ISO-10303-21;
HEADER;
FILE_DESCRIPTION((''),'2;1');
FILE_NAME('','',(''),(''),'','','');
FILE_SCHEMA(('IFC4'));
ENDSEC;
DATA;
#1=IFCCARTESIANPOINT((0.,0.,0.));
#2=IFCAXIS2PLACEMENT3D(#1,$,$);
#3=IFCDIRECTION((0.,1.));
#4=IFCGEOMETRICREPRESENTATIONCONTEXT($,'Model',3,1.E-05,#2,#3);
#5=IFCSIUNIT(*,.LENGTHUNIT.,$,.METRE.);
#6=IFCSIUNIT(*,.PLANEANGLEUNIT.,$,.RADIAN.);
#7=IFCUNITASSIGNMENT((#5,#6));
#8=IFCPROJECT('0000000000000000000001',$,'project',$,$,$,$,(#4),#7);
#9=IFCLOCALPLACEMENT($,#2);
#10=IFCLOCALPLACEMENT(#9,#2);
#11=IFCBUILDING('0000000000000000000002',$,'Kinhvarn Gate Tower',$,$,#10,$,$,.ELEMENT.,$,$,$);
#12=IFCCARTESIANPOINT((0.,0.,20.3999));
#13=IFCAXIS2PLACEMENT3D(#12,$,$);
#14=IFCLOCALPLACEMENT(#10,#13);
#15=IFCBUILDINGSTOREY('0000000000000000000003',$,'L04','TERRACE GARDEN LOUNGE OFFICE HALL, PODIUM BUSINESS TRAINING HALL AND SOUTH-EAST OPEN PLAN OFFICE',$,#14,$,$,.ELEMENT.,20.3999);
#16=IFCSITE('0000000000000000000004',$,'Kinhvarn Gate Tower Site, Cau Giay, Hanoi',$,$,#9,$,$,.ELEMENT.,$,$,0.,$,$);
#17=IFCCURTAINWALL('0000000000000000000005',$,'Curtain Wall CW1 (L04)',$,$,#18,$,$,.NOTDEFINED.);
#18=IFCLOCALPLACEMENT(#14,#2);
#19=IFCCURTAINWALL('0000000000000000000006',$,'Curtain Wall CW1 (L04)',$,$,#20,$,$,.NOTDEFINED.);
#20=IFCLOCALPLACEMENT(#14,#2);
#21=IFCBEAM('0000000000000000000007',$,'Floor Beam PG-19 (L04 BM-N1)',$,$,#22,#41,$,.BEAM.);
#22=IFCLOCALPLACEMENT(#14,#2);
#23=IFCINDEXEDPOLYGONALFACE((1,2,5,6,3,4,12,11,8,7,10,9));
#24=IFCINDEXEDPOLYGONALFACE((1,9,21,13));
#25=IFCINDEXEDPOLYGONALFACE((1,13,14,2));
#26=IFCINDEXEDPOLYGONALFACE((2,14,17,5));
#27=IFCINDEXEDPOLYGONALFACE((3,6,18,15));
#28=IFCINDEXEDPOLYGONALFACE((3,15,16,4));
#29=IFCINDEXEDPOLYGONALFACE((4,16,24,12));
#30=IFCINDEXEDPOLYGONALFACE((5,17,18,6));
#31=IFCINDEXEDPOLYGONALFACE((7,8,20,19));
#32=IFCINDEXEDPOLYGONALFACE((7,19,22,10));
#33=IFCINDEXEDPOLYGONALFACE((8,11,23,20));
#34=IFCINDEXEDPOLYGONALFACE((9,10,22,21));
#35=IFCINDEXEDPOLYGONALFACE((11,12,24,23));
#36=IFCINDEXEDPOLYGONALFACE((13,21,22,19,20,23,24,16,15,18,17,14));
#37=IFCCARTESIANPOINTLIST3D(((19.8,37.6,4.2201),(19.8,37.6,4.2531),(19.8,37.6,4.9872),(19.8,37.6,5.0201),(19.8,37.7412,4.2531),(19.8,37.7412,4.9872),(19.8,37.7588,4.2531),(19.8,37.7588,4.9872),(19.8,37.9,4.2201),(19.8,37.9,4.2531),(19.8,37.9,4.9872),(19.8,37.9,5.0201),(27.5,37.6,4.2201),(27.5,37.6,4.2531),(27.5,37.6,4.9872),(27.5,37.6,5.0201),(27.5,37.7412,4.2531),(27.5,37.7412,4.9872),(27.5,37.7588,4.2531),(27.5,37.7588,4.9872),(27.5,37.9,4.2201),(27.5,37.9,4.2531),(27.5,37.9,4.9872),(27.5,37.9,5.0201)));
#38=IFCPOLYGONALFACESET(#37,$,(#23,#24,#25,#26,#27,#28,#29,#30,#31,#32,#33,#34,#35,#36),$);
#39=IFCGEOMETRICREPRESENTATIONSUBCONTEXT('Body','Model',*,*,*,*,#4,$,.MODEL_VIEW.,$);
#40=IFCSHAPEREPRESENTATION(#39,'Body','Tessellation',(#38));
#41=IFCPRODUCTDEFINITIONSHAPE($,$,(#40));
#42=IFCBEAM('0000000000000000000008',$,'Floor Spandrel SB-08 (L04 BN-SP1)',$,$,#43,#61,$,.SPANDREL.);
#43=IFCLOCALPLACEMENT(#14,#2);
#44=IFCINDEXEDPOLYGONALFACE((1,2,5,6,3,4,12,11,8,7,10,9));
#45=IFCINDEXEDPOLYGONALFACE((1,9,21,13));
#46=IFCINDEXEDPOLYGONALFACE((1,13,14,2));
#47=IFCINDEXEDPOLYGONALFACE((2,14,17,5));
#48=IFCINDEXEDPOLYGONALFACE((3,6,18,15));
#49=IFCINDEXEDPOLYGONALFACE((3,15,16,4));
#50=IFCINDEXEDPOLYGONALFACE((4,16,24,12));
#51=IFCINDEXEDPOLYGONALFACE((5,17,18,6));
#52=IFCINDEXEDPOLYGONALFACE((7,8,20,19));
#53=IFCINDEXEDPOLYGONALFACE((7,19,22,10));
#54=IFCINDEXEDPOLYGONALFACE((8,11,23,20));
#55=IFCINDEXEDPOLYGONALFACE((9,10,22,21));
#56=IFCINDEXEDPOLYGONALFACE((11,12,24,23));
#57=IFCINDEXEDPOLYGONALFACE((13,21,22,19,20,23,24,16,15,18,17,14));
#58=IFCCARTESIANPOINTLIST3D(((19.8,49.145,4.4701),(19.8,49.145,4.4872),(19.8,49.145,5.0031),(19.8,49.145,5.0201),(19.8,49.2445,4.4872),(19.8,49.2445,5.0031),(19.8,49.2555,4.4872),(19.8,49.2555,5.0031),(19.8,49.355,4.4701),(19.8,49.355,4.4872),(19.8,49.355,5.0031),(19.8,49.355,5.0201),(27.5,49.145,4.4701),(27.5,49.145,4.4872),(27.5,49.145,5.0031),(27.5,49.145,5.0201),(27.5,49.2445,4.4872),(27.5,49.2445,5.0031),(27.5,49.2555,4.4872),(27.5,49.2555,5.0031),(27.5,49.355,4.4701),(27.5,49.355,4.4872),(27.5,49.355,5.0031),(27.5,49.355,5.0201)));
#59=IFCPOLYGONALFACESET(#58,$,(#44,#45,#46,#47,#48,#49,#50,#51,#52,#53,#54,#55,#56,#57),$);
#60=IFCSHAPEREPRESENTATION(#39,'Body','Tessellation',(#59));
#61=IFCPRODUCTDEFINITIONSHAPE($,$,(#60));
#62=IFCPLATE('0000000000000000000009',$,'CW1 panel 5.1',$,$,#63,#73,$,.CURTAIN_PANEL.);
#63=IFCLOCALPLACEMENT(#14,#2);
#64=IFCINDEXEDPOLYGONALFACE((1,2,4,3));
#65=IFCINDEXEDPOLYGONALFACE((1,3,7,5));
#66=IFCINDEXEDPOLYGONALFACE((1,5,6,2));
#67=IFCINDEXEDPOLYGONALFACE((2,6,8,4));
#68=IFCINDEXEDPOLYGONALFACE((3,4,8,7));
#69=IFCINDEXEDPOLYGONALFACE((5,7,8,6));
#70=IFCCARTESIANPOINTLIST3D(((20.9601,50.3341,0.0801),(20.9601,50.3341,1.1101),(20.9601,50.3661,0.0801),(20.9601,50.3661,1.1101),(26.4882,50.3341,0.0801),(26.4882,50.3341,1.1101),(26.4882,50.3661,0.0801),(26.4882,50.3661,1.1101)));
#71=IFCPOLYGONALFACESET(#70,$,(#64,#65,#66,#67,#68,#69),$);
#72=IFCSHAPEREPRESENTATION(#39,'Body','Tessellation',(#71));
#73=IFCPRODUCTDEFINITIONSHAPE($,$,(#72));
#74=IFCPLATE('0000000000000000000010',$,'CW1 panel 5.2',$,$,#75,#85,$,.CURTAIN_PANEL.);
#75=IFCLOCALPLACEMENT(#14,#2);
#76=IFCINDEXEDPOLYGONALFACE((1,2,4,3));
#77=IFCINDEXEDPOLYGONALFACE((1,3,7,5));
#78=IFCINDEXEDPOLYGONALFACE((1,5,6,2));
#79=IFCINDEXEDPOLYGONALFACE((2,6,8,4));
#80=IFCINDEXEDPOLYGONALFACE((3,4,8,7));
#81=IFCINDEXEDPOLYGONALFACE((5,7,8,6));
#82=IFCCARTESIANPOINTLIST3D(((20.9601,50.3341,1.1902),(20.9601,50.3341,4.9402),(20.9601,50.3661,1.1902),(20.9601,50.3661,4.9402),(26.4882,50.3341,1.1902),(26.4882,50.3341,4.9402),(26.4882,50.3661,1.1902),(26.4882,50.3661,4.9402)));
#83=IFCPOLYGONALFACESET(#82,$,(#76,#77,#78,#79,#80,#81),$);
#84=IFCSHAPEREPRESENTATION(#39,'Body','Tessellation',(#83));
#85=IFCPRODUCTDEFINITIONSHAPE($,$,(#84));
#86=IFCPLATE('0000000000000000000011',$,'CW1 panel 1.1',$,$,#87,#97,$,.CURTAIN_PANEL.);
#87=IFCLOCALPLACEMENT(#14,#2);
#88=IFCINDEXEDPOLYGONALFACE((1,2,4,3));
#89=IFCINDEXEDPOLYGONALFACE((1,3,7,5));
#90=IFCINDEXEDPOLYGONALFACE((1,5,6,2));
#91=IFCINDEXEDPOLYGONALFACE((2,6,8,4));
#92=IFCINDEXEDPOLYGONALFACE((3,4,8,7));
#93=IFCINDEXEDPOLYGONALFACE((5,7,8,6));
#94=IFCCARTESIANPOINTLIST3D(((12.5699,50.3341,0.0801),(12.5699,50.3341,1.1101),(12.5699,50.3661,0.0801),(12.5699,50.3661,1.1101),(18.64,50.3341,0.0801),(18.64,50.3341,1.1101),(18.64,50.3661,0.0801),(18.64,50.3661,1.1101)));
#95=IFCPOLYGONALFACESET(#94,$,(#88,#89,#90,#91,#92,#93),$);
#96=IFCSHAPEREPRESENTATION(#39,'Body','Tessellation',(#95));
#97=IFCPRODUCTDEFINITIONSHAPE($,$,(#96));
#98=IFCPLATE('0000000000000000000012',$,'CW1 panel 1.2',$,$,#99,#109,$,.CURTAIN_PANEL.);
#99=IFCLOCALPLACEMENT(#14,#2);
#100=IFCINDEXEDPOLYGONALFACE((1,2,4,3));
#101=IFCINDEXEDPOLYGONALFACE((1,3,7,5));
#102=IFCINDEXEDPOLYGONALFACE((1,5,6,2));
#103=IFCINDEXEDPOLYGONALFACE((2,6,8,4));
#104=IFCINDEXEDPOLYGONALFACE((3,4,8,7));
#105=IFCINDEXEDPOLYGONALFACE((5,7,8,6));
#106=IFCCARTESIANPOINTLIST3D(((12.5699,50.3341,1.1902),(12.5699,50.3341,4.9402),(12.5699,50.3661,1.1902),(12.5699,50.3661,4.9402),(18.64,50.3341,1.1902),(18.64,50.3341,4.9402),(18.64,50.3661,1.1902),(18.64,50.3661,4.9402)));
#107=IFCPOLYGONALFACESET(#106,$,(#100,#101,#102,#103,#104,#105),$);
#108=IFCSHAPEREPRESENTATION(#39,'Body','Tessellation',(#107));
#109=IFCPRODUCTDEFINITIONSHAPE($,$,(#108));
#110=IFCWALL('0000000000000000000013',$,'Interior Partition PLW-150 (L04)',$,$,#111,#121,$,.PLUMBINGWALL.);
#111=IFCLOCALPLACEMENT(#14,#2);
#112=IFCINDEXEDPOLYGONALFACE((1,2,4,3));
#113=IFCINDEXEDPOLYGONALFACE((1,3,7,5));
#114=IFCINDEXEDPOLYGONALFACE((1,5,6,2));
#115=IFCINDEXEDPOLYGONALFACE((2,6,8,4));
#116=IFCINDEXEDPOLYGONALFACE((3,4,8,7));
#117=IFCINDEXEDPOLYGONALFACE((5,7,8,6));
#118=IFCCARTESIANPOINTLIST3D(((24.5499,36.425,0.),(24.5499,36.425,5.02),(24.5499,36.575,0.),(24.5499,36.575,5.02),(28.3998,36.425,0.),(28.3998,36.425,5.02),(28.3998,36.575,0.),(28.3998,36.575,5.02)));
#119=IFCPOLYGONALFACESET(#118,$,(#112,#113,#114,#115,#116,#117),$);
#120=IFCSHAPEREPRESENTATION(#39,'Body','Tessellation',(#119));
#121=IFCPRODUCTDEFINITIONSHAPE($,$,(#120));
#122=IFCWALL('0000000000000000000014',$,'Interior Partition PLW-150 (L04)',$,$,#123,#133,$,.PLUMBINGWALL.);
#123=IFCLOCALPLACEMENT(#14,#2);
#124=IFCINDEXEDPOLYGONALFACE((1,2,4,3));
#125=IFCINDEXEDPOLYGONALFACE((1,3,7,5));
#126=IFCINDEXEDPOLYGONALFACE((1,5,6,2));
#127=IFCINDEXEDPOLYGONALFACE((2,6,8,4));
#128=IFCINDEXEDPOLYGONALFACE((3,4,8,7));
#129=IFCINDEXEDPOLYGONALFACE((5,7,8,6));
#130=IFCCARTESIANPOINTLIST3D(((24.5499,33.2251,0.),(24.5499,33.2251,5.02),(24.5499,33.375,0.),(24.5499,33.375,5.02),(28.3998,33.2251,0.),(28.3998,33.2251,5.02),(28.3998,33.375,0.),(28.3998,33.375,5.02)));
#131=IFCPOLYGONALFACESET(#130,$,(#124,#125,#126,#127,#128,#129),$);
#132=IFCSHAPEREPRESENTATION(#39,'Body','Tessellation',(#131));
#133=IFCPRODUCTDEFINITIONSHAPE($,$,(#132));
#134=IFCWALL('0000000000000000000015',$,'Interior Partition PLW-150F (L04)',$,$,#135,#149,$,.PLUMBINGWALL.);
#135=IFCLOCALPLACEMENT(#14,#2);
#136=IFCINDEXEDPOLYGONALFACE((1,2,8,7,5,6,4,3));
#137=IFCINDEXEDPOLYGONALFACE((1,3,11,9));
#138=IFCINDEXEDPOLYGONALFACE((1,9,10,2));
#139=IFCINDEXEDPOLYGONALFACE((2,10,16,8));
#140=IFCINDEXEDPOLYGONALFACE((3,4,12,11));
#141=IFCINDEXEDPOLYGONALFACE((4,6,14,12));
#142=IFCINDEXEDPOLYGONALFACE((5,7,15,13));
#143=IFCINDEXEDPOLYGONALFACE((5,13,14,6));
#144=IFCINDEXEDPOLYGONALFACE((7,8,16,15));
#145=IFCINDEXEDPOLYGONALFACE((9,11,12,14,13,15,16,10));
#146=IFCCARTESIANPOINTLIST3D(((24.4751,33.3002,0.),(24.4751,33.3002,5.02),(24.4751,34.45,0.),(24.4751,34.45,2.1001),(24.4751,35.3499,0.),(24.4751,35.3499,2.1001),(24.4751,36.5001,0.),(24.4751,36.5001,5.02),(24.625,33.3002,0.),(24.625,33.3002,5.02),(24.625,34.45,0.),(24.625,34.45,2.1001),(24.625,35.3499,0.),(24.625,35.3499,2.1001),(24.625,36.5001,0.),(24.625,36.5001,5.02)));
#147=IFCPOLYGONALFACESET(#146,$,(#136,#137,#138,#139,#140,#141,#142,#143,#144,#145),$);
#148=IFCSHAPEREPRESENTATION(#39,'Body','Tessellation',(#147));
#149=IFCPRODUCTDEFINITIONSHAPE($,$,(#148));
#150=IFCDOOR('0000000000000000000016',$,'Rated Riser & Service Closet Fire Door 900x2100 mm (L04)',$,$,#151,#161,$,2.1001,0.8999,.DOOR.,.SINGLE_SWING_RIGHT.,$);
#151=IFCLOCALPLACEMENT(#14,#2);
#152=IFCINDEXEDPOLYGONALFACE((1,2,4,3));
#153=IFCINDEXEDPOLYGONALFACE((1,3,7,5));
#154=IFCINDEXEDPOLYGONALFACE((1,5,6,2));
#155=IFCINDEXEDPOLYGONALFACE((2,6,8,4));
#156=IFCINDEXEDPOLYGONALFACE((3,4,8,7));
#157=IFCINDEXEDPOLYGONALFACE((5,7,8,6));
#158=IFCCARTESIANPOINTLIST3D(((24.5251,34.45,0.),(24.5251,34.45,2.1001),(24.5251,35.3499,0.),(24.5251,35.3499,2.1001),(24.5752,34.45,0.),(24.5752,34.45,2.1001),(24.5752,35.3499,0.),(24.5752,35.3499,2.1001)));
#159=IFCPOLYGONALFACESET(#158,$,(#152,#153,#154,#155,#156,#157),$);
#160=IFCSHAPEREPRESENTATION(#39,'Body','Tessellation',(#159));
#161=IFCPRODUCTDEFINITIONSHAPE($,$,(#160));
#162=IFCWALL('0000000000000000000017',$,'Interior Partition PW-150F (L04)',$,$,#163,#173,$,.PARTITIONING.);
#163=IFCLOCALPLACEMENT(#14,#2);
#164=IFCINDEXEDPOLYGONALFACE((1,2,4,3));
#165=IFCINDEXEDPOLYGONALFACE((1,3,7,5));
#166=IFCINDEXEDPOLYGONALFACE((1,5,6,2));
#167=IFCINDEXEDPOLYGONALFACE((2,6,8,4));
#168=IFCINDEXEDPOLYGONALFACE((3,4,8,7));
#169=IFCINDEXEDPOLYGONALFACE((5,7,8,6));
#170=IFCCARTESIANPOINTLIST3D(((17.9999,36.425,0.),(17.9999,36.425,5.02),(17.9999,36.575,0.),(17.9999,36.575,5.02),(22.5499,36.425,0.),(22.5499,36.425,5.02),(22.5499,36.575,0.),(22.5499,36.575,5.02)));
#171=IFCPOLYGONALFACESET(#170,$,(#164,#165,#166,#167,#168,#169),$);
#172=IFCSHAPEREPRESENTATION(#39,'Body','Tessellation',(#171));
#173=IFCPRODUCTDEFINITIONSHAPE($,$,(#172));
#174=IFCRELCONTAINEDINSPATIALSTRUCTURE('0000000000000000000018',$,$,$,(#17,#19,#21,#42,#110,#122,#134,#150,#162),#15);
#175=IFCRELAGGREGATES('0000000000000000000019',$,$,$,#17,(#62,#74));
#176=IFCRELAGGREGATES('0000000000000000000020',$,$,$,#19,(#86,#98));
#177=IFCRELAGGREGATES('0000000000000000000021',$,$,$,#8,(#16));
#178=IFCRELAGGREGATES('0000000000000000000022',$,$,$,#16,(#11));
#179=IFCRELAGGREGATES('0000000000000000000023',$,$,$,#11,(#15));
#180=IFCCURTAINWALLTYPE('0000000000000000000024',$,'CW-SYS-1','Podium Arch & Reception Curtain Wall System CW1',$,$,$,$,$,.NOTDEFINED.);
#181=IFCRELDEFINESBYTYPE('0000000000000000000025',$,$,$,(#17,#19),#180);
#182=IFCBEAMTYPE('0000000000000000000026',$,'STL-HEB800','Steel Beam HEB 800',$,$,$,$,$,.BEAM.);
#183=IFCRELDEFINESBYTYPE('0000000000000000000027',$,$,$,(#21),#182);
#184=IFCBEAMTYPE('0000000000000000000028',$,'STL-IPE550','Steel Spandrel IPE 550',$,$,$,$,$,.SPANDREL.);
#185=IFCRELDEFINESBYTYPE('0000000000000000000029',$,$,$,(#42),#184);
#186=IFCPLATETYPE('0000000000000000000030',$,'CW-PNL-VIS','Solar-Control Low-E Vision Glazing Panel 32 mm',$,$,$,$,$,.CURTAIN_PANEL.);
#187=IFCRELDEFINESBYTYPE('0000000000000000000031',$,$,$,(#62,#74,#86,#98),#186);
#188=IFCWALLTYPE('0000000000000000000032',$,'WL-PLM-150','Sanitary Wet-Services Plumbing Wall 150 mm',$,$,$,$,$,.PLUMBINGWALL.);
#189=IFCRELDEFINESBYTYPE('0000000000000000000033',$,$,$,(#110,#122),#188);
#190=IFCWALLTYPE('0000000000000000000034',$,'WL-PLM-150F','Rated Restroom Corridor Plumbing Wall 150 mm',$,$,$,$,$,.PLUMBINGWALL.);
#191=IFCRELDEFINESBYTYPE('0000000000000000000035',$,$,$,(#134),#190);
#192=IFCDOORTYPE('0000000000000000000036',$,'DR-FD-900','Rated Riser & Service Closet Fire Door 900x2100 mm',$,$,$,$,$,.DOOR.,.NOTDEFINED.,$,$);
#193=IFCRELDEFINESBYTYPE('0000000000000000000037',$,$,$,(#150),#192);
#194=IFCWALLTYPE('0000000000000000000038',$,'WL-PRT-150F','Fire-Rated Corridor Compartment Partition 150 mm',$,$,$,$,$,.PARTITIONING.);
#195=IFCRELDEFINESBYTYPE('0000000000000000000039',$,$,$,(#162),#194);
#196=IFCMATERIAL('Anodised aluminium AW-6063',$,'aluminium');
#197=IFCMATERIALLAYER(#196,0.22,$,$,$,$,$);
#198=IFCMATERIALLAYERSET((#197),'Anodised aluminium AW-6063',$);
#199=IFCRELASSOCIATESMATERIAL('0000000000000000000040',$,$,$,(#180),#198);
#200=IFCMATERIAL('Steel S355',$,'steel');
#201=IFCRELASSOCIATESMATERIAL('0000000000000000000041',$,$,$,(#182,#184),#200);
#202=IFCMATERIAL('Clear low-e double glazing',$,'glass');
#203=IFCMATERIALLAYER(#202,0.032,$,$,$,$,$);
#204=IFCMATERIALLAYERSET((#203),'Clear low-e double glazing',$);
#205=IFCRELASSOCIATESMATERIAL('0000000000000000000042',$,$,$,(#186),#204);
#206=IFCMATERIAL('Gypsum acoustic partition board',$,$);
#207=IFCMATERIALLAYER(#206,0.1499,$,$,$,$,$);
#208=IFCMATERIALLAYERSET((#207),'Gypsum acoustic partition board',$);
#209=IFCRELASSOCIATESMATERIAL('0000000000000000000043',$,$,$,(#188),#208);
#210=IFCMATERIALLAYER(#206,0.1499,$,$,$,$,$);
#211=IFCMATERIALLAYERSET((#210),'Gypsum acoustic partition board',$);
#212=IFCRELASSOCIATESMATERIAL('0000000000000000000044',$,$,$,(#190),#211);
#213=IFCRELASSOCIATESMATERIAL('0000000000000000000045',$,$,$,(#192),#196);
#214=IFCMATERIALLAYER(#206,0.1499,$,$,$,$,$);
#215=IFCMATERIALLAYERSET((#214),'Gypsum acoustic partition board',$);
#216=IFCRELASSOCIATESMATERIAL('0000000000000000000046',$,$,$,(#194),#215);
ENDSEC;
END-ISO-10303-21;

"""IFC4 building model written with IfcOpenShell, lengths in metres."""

from ifc_helpers import new_model, si_unit, direction, frame, frame_2d, origin, origin_2d, place, context, subcontext, project, spatial, rectangle, i_section, extrude, material, layer, layer_set, material_profile, profile_set, type_object, element, fill, aggregate, save


model = new_model("IFC4")

# Units and contexts
model_context = context("Model", 3, precision=1e-05, world=origin(), true_north=direction((0.0, 1.0)))
body_context = subcontext(model_context, "Body", "Model", "MODEL_VIEW")
ifc_project = project(units=[si_unit("LENGTHUNIT", "METRE"), si_unit("PLANEANGLEUNIT", "RADIAN")], contexts=[model_context])

# Site, building, storey
site_placement = place(None, origin())
site = spatial("IfcSite", under=ifc_project, at=site_placement, Name="Kinhvarn Gate Tower Site, Cau Giay, Hanoi", CompositionType="ELEMENT", RefElevation=0.0)
building_placement = place(site_placement, origin())
building = spatial("IfcBuilding", under=site, at=building_placement, Name="Kinhvarn Gate Tower", CompositionType="ELEMENT")
storey_placement = place(building_placement, frame((0.0, 0.0, 20.3999)))
storey = spatial("IfcBuildingStorey", under=building, at=storey_placement, Name="L04", Description="TERRACE GARDEN LOUNGE OFFICE HALL, PODIUM BUSINESS TRAINING HALL AND SOUTH-EAST OPEN PLAN OFFICE", CompositionType="ELEMENT", Elevation=20.3999)

# Curtain wall
ifc_material_1 = material(Name="Anodised aluminium AW-6063", Category="aluminium")
ifc_layer_1 = layer(ifc_material_1, 0.22)
ifc_layer_set_1 = layer_set([ifc_layer_1], Name="Anodised aluminium AW-6063")
curtain_wall_type = type_object("IfcCurtainWallType", Name="CW-SYS-1", Description="Podium Arch & Reception Curtain Wall System CW1", PredefinedType="NOTDEFINED", material=ifc_layer_set_1)
curtain_wall_1_placement = place(storey_placement, origin())
curtain_wall_1 = element("IfcCurtainWall", 1, at=curtain_wall_1_placement, inside=storey, type_object=curtain_wall_type, Name="Curtain Wall CW1 (L04)", PredefinedType="NOTDEFINED")

# Curtain wall
curtain_wall_2_placement = place(storey_placement, origin())
curtain_wall_2 = element("IfcCurtainWall", 2, at=curtain_wall_2_placement, inside=storey, type_object=curtain_wall_type, Name="Curtain Wall CW1 (L04)", PredefinedType="NOTDEFINED")

# Beams
ifc_material_2 = material(Name="Steel S355", Category="steel")
ifc_material_profile_1 = material_profile(ifc_material_2, i_section(OverallWidth=0.3, OverallDepth=0.8, WebThickness=0.0176, FlangeThickness=0.033, at=origin_2d()), Name="HEB 800")
ifc_profile_set_1 = profile_set([ifc_material_profile_1], Name="Steel S355")
beam_type_1 = type_object("IfcBeamType", Name="STL-HEB800", Description="Steel Beam HEB 800", PredefinedType="BEAM", material=ifc_profile_set_1)
beam_1_placement = place(storey_placement, frame((19.8, 37.75, 4.6201), z_axis=(1.0, 0.0, 0.0), x_axis=(0.0, 1.0, 0.0)))
element("IfcBeam", 3, at=beam_1_placement, inside=storey, type_object=beam_type_1, Name="Floor Beam PG-19 (L04 BM-N1)", PredefinedType="BEAM", context=body_context, shape_type="SweptSolid", body=[
    extrude(i_section(OverallWidth=0.3, OverallDepth=0.8, WebThickness=0.0176, FlangeThickness=0.033, at=origin_2d()), origin(), (0.0, 0.0, 1.0), 7.7),
])
ifc_material_profile_2 = material_profile(ifc_material_2, i_section(OverallWidth=0.21, OverallDepth=0.55, WebThickness=0.011, FlangeThickness=0.0171, at=origin_2d()), Name="IPE 550")
ifc_profile_set_2 = profile_set([ifc_material_profile_2], Name="Steel S355")
beam_type_2 = type_object("IfcBeamType", Name="STL-IPE550", Description="Steel Spandrel IPE 550", PredefinedType="SPANDREL", material=ifc_profile_set_2)
beam_2_placement = place(storey_placement, frame((19.8, 49.25, 4.7451), z_axis=(1.0, 0.0, 0.0), x_axis=(0.0, 1.0, 0.0)))
element("IfcBeam", 4, at=beam_2_placement, inside=storey, type_object=beam_type_2, Name="Floor Spandrel SB-08 (L04 BN-SP1)", PredefinedType="SPANDREL", context=body_context, shape_type="SweptSolid", body=[
    extrude(i_section(OverallWidth=0.21, OverallDepth=0.55, WebThickness=0.011, FlangeThickness=0.0171, at=origin_2d()), origin(), (0.0, 0.0, 1.0), 7.7),
])

# Plates
ifc_material_3 = material(Name="Clear low-e double glazing", Category="glass")
ifc_layer_2 = layer(ifc_material_3, 0.032)
ifc_layer_set_2 = layer_set([ifc_layer_2], Name="Clear low-e double glazing")
plate_type = type_object("IfcPlateType", Name="CW-PNL-VIS", Description="Solar-Control Low-E Vision Glazing Panel 32 mm", PredefinedType="CURTAIN_PANEL", material=ifc_layer_set_2)
plate_1_placement = place(storey_placement, frame((23.7241, 50.3501, 0.0801), z_axis=(0.0, 0.0, 1.0), x_axis=(-1.0, 0.0, 0.0)))
plate_1 = element("IfcPlate", 5, at=plate_1_placement, type_object=plate_type, Name="CW1 panel 5.1", PredefinedType="CURTAIN_PANEL", context=body_context, shape_type="SweptSolid", body=[
    extrude(rectangle(XDim=5.5281, YDim=0.032, at=origin_2d()), origin(), (0.0, 0.0, 1.0), 1.03),
])
plate_2_placement = place(storey_placement, frame((23.7241, 50.3501, 1.1902), z_axis=(0.0, 0.0, 1.0), x_axis=(-1.0, 0.0, 0.0)))
plate_2 = element("IfcPlate", 6, at=plate_2_placement, type_object=plate_type, Name="CW1 panel 5.2", PredefinedType="CURTAIN_PANEL", context=body_context, shape_type="SweptSolid", body=[
    extrude(rectangle(XDim=5.5281, YDim=0.032, at=origin_2d()), origin(), (0.0, 0.0, 1.0), 3.75),
])
aggregate(curtain_wall_1, [plate_1, plate_2])
plate_3_placement = place(storey_placement, frame((15.605, 50.3501, 0.0801), z_axis=(0.0, 0.0, 1.0), x_axis=(-1.0, 0.0, 0.0)))
plate_3 = element("IfcPlate", 7, at=plate_3_placement, type_object=plate_type, Name="CW1 panel 1.1", PredefinedType="CURTAIN_PANEL", context=body_context, shape_type="SweptSolid", body=[
    extrude(rectangle(XDim=6.0701, YDim=0.032, at=origin_2d()), origin(), (0.0, 0.0, 1.0), 1.03),
])
plate_4_placement = place(storey_placement, frame((15.605, 50.3501, 1.1902), z_axis=(0.0, 0.0, 1.0), x_axis=(-1.0, 0.0, 0.0)))
plate_4 = element("IfcPlate", 8, at=plate_4_placement, type_object=plate_type, Name="CW1 panel 1.2", PredefinedType="CURTAIN_PANEL", context=body_context, shape_type="SweptSolid", body=[
    extrude(rectangle(XDim=6.0701, YDim=0.032, at=origin_2d()), origin(), (0.0, 0.0, 1.0), 3.75),
])
aggregate(curtain_wall_2, [plate_3, plate_4])

# Walls
ifc_material_4 = material(Name="Gypsum acoustic partition board")
ifc_layer_3 = layer(ifc_material_4, 0.1499)
ifc_layer_set_3 = layer_set([ifc_layer_3], Name="Gypsum acoustic partition board")
wall_type_1 = type_object("IfcWallType", Name="WL-PLM-150", Description="Sanitary Wet-Services Plumbing Wall 150 mm", PredefinedType="PLUMBINGWALL", material=ifc_layer_set_3)
for number, where, z_axis, x_axis, name in (
    (9, (24.55, 36.5, 0.0), (0.0, 0.0, 1.0), (1.0, 0.0, 0.0), "Interior Partition PLW-150 (L04)"),
    (10, (24.55, 33.3, 0.0), (0.0, 0.0, 1.0), (1.0, 0.0, 0.0), "Interior Partition PLW-150 (L04)"),
):
    element("IfcWall", number, at=place(storey_placement, frame(where, z_axis=z_axis, x_axis=x_axis)), inside=storey, type_object=wall_type_1, Name=name, PredefinedType="PLUMBINGWALL", context=body_context, shape_type="SweptSolid", body=[
        extrude(rectangle(XDim=3.8499, YDim=0.1499, at=frame_2d((1.9248, 0.0))), origin(), (0.0, 0.0, 1.0), 5.02),
    ])

# Wall, opening, door
ifc_layer_4 = layer(ifc_material_4, 0.1499)
ifc_layer_set_4 = layer_set([ifc_layer_4], Name="Gypsum acoustic partition board")
wall_type_2 = type_object("IfcWallType", Name="WL-PLM-150F", Description="Rated Restroom Corridor Plumbing Wall 150 mm", PredefinedType="PLUMBINGWALL", material=ifc_layer_set_4)
wall_1_placement = place(storey_placement, frame((24.55, 33.3, 0.0), z_axis=(0.0, 0.0, 1.0), x_axis=(0.0, 1.0, 0.0)))
wall_1 = element("IfcWall", 11, at=wall_1_placement, inside=storey, type_object=wall_type_2, Name="Interior Partition PLW-150F (L04)", PredefinedType="PLUMBINGWALL", context=body_context, shape_type="SweptSolid", body=[
    extrude(rectangle(XDim=3.2, YDim=0.1499, at=frame_2d((1.6001, 0.0))), origin(), (0.0, 0.0, 1.0), 5.02),
])
opening_1_placement = place(wall_1_placement, frame((1.1499, 0.0, 0.0)))
opening_1 = element("IfcOpeningElement", 12, at=opening_1_placement, cuts=wall_1, PredefinedType="OPENING", context=body_context, shape_type="SweptSolid", body=[
    extrude(rectangle(XDim=0.8999, YDim=2.1001, at=frame_2d((0.45, 1.05))), frame((0.0, 0.085, 0.0), z_axis=(0.0, -1.0, 0.0), x_axis=(1.0, 0.0, 0.0)), (0.0, 0.0, 1.0), 0.1699),
])
door_type_1 = type_object("IfcDoorType", Name="DR-FD-900", Description="Rated Riser & Service Closet Fire Door 900x2100 mm", OperationType="NOTDEFINED", PredefinedType="DOOR", material=ifc_material_1)
door_1_placement = place(opening_1_placement, origin())
door_1 = element("IfcDoor", 13, at=door_1_placement, inside=storey, type_object=door_type_1, Name="Rated Riser & Service Closet Fire Door 900x2100 mm (L04)", OperationType="SINGLE_SWING_RIGHT", OverallHeight=2.1001, OverallWidth=0.8999, PredefinedType="DOOR", context=body_context, shape_type="SweptSolid", body=[
    extrude(rectangle(XDim=0.8999, YDim=2.1001, at=frame_2d((0.45, 1.05))), frame((0.0, 0.0249, 0.0), z_axis=(0.0, -1.0, 0.0), x_axis=(1.0, 0.0, 0.0)), (0.0, 0.0, 1.0), 0.05),
])
fill(opening_1, door_1)

# Wall
ifc_layer_5 = layer(ifc_material_4, 0.1499)
ifc_layer_set_5 = layer_set([ifc_layer_5], Name="Gypsum acoustic partition board")
wall_type_3 = type_object("IfcWallType", Name="WL-PRT-150F", Description="Fire-Rated Corridor Compartment Partition 150 mm", PredefinedType="PARTITIONING", material=ifc_layer_set_5)
wall_2_placement = place(storey_placement, frame((18.0, 36.5, 0.0), z_axis=(0.0, 0.0, 1.0), x_axis=(1.0, 0.0, 0.0)))
element("IfcWall", 14, at=wall_2_placement, inside=storey, type_object=wall_type_3, Name="Interior Partition PW-150F (L04)", PredefinedType="PARTITIONING", context=body_context, shape_type="SweptSolid", body=[
    extrude(rectangle(XDim=4.55, YDim=0.1499, at=frame_2d((2.2749, 0.0))), origin(), (0.0, 0.0, 1.0), 5.02),
])

save(model, "model.ifc")
